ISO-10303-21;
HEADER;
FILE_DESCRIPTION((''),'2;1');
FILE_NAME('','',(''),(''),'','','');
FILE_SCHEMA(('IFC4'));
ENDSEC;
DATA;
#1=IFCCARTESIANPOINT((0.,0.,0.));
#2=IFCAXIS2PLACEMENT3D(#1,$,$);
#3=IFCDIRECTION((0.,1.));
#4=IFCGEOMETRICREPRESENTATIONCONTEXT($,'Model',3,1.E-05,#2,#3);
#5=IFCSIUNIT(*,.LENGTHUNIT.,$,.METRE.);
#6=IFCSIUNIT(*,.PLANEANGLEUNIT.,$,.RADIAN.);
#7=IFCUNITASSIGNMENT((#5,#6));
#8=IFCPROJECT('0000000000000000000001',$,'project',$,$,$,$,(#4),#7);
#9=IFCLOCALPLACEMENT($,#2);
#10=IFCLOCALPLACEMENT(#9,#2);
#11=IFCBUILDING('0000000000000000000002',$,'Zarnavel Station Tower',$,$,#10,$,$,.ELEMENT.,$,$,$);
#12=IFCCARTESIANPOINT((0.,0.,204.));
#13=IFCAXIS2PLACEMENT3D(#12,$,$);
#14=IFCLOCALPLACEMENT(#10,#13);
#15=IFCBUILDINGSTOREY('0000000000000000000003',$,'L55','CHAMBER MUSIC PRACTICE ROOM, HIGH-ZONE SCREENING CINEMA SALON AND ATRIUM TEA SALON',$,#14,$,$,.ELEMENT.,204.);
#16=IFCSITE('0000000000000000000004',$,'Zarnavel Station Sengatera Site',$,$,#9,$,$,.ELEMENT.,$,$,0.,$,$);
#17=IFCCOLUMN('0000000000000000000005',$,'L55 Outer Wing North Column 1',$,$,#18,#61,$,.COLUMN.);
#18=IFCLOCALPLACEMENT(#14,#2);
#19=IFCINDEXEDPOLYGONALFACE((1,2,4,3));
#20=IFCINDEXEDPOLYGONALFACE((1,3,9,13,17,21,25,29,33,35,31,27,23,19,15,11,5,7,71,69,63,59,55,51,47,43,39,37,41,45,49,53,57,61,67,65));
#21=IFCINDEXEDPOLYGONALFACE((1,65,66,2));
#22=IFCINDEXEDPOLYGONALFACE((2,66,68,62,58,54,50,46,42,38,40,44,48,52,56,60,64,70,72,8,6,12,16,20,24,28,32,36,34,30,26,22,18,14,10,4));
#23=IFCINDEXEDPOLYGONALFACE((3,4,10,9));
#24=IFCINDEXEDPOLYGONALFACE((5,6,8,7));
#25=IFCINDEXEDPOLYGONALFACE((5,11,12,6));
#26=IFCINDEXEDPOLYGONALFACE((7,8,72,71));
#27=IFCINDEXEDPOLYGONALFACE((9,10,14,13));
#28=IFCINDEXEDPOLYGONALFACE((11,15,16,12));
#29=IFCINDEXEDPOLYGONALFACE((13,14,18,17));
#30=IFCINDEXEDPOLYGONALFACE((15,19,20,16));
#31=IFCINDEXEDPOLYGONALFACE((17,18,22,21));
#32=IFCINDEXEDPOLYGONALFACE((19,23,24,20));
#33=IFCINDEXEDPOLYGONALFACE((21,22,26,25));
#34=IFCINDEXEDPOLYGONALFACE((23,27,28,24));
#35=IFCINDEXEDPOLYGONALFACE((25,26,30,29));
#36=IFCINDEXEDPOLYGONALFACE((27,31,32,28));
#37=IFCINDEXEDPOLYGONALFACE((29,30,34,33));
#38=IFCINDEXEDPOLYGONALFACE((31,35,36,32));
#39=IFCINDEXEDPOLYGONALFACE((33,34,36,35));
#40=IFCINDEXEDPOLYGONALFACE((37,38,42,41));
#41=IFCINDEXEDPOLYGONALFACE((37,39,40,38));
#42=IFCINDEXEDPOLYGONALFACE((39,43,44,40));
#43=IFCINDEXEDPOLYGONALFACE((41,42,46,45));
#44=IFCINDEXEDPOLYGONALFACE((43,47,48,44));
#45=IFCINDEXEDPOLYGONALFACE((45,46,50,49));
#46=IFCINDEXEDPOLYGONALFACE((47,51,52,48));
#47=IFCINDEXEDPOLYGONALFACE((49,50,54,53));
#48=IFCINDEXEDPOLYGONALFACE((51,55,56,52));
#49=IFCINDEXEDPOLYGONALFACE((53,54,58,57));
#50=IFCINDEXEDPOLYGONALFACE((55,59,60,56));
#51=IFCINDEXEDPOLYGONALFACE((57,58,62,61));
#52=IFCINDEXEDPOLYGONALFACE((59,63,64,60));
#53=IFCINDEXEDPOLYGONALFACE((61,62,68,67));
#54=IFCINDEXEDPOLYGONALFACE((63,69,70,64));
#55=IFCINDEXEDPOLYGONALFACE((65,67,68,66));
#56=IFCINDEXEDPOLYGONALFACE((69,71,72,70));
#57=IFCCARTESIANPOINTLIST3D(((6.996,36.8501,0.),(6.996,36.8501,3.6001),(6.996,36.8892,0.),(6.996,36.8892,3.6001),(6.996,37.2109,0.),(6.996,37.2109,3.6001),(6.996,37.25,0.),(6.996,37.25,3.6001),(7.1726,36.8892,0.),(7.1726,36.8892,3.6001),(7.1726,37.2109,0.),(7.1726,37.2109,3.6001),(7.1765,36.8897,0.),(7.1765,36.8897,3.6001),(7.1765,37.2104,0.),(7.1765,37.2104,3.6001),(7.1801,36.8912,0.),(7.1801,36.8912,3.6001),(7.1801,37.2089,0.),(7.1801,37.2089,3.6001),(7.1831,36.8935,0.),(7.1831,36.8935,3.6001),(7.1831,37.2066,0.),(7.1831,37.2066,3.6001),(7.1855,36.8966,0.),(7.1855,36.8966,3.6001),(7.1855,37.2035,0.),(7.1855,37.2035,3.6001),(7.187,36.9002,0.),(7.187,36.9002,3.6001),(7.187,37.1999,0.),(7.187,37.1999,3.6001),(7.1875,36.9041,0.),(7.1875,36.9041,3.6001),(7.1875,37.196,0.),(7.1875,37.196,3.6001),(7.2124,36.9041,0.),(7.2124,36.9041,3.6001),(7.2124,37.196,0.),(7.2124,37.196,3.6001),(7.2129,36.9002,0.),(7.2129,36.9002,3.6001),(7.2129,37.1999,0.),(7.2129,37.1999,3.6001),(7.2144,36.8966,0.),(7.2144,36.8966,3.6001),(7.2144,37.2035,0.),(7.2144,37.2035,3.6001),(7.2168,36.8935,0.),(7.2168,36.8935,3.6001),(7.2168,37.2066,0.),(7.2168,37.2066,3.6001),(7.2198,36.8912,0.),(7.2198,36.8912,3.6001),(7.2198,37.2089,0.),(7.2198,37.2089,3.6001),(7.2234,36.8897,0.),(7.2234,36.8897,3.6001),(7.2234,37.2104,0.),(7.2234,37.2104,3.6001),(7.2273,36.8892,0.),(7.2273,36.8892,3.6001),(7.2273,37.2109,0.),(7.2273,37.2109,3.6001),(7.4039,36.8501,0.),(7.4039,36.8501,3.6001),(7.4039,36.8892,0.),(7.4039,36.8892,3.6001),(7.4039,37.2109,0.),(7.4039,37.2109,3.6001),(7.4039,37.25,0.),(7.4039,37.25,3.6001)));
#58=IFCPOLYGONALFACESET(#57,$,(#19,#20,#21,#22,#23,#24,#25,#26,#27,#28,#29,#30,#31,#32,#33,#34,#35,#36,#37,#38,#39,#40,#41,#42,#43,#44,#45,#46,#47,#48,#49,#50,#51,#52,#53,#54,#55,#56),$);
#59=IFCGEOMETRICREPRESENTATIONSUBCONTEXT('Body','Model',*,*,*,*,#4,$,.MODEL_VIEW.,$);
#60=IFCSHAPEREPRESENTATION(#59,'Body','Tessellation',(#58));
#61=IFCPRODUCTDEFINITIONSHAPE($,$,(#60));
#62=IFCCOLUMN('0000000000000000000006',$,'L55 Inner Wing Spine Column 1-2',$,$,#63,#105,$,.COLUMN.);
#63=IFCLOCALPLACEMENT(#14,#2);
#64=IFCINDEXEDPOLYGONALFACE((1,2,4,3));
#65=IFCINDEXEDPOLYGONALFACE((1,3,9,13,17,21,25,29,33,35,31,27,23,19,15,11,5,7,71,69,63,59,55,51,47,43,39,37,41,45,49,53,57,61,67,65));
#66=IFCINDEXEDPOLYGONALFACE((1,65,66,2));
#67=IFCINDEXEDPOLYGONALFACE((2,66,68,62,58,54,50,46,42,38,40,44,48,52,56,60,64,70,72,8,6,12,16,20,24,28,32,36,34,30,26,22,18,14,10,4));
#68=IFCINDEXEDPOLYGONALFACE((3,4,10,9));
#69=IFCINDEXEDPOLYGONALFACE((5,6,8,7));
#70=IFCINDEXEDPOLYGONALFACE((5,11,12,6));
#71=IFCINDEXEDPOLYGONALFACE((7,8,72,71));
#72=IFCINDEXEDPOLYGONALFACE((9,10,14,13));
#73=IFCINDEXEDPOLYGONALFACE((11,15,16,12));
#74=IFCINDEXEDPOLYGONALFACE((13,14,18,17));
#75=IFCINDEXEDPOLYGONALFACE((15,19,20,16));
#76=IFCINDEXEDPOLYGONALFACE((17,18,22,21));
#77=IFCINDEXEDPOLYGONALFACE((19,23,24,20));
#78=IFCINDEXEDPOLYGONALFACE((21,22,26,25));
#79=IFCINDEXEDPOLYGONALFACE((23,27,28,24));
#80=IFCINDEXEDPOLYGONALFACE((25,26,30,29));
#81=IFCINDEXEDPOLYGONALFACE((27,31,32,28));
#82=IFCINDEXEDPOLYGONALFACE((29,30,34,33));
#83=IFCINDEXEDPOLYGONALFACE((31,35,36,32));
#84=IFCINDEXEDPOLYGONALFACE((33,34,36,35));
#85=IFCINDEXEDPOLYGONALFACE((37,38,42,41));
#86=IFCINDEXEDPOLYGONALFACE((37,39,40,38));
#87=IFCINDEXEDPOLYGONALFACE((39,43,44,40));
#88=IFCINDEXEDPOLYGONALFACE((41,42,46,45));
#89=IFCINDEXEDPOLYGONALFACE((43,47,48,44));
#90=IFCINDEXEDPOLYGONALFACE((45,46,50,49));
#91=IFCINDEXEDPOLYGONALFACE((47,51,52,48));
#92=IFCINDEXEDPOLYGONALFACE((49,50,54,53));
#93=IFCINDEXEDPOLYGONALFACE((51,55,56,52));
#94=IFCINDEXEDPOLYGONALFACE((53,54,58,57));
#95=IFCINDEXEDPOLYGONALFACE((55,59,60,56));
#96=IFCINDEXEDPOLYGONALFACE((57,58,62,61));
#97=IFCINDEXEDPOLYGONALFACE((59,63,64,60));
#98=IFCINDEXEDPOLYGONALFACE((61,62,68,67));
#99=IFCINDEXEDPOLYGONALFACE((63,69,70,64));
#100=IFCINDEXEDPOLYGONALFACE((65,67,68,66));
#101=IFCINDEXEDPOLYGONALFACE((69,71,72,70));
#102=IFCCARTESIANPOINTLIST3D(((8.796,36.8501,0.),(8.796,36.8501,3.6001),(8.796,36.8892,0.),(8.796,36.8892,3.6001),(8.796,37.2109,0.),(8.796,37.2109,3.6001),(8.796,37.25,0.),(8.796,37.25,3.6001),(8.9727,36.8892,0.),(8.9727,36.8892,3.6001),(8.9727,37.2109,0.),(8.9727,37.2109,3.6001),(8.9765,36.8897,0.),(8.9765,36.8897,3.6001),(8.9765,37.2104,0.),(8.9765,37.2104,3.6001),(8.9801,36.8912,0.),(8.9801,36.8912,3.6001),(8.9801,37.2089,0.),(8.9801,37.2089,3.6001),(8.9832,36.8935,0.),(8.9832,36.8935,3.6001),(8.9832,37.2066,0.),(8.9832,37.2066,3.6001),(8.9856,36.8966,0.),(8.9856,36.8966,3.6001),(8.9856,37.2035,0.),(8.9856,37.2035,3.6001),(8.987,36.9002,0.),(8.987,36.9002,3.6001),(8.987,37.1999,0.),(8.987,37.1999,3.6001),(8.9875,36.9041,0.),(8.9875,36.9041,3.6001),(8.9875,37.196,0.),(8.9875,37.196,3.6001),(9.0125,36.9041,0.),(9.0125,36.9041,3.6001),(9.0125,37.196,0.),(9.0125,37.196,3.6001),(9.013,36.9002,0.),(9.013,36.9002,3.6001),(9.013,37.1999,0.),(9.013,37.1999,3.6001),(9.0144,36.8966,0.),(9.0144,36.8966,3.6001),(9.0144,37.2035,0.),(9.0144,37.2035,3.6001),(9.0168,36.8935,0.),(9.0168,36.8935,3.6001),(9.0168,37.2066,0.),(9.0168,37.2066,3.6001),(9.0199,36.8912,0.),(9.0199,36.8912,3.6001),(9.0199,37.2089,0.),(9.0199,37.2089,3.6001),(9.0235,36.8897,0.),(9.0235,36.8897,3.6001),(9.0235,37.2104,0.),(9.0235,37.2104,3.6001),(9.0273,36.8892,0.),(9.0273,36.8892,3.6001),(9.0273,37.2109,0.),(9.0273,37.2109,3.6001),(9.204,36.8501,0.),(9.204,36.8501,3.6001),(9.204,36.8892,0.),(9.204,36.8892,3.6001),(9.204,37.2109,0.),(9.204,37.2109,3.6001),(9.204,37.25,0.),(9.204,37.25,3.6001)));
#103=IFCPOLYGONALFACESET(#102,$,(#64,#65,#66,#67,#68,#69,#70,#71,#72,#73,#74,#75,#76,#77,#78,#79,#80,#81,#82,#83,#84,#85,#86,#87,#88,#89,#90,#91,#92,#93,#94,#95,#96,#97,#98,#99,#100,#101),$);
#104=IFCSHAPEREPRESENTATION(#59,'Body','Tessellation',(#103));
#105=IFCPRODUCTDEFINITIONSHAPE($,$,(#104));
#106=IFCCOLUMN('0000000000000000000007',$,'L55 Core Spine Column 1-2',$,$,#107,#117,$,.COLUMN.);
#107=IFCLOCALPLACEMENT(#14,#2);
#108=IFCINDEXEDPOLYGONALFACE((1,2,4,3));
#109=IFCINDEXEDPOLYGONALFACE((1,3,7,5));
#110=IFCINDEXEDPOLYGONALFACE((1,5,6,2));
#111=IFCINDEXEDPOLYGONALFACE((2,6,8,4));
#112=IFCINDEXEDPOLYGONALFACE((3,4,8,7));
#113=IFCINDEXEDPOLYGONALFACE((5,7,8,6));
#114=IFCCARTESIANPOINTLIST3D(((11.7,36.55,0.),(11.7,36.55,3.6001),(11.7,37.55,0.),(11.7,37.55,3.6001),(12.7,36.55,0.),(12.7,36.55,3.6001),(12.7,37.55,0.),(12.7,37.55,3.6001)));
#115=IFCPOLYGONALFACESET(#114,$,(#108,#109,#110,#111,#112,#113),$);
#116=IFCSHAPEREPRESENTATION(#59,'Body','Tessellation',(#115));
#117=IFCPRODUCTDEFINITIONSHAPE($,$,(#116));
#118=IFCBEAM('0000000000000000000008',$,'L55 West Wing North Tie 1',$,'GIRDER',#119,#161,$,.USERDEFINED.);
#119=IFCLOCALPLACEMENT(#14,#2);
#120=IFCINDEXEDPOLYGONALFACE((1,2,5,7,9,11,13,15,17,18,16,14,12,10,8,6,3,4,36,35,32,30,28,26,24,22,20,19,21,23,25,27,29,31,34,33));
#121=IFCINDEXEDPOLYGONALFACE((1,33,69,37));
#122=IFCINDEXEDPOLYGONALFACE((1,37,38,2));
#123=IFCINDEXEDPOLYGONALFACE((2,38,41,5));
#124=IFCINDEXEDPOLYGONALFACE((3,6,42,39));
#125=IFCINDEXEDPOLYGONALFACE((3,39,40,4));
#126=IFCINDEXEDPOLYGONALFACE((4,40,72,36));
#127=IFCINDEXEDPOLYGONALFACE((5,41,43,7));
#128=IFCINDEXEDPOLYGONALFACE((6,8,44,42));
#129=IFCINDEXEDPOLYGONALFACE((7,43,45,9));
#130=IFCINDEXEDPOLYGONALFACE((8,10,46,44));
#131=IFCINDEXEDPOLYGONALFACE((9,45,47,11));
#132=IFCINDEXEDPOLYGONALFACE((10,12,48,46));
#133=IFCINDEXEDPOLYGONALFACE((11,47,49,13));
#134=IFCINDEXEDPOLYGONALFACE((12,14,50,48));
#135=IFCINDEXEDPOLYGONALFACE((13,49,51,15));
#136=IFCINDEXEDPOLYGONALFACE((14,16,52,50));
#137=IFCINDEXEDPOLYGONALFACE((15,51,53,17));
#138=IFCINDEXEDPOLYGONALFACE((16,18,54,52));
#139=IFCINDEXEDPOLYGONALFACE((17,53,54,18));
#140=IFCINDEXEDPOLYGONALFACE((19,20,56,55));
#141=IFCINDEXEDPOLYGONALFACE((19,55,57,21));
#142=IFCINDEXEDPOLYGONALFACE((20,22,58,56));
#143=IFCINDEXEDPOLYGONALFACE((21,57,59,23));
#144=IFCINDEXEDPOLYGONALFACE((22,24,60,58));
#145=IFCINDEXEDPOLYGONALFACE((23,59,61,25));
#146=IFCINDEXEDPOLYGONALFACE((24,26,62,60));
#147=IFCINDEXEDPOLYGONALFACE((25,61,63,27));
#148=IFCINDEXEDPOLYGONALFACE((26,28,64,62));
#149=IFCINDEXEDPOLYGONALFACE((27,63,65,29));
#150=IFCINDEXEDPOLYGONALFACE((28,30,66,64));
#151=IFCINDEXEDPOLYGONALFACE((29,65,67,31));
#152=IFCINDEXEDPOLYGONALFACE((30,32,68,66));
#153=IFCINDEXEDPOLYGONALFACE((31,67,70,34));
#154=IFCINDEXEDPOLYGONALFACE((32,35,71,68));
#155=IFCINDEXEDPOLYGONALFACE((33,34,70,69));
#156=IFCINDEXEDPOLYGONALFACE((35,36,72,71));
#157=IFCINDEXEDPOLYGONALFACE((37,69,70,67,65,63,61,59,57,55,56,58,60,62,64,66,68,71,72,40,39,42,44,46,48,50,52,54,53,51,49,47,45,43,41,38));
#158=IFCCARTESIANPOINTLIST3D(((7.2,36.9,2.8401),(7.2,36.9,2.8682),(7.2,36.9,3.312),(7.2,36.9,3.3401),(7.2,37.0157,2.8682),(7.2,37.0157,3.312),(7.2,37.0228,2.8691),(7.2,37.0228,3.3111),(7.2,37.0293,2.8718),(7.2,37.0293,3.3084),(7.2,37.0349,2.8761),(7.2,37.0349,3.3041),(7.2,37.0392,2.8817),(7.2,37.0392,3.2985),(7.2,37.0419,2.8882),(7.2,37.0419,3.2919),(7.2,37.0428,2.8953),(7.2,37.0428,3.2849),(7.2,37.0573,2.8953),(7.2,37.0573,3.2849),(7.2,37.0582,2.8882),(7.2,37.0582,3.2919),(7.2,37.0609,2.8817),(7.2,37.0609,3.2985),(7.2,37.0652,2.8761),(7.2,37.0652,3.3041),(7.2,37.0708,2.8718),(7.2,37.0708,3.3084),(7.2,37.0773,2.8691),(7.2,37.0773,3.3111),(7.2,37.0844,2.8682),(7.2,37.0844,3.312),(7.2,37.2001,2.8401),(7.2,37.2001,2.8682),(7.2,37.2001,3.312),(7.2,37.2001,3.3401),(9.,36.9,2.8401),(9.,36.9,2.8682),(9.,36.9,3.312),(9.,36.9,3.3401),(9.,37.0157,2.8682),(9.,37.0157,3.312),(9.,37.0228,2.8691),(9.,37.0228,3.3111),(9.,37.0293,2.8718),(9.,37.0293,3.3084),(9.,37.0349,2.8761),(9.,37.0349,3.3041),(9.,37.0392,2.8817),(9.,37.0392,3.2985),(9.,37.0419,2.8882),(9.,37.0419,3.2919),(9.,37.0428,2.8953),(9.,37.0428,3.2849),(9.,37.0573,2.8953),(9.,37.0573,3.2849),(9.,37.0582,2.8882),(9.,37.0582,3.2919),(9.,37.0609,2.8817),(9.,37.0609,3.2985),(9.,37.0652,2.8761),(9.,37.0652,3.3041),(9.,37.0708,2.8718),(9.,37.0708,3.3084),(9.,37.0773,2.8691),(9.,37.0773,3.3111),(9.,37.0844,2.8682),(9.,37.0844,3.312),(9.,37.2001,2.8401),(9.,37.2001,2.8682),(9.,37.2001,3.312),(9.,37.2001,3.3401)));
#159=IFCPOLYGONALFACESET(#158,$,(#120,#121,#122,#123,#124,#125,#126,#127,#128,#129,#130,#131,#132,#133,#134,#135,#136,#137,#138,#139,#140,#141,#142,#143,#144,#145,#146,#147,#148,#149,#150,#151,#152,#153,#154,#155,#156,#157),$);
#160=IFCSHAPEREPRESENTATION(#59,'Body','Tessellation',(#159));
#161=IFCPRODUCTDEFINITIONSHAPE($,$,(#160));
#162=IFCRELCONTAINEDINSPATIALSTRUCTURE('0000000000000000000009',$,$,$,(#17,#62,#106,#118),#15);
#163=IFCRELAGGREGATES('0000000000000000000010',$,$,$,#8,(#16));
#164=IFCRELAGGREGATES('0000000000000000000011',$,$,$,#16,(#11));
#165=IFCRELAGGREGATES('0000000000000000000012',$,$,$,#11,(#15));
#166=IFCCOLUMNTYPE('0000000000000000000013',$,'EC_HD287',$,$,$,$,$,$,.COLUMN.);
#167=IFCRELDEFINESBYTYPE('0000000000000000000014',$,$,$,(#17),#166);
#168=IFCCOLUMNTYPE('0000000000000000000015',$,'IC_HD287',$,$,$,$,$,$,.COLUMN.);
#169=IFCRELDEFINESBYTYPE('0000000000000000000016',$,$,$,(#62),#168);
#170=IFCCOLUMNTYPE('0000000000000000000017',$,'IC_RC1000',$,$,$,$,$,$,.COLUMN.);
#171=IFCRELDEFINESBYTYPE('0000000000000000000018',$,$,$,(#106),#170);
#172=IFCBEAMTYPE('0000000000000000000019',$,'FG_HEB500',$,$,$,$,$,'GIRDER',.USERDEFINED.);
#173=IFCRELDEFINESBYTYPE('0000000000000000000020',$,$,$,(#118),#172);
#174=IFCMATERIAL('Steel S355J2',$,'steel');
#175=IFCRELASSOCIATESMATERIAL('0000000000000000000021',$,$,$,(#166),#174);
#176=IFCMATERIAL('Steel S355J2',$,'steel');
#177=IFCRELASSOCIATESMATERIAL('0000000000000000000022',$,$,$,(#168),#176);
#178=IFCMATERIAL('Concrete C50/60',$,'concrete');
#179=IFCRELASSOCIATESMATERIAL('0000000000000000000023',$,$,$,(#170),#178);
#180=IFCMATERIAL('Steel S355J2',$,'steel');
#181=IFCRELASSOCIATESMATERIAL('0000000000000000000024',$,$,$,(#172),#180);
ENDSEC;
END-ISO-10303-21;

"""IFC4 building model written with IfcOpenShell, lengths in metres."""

from ifc_helpers import new_model, si_unit, direction, frame, origin, origin_2d, place, context, subcontext, project, spatial, rectangle, i_section, extrude, material, material_profile, profile_set, type_object, element, save


model = new_model("IFC4")

# Units and contexts
model_context = context("Model", 3, precision=1e-05, world=origin(), true_north=direction((0.0, 1.0)))
body_context = subcontext(model_context, "Body", "Model", "MODEL_VIEW")
ifc_project = project(units=[si_unit("LENGTHUNIT", "METRE"), si_unit("PLANEANGLEUNIT", "RADIAN")], contexts=[model_context])

# Site, building, storey
site_placement = place(None, origin())
site = spatial("IfcSite", under=ifc_project, at=site_placement, Name="Zarnavel Station Sengatera Site", CompositionType="ELEMENT", RefElevation=0.0)
building_placement = place(site_placement, origin())
building = spatial("IfcBuilding", under=site, at=building_placement, Name="Zarnavel Station Tower", CompositionType="ELEMENT")
storey_placement = place(building_placement, frame((0.0, 0.0, 204.0)))
storey = spatial("IfcBuildingStorey", under=building, at=storey_placement, Name="L55", Description="CHAMBER MUSIC PRACTICE ROOM, HIGH-ZONE SCREENING CINEMA SALON AND ATRIUM TEA SALON", CompositionType="ELEMENT", Elevation=204.0)

# Columns
ifc_material_1 = material(Name="Steel S355J2", Category="steel")
ifc_material_profile_1 = material_profile(ifc_material_1, i_section(OverallWidth=0.408, OverallDepth=0.3999, WebThickness=0.0249, FlangeThickness=0.0391, FilletRadius=0.0149, at=origin_2d()), Name="HD400x287")
ifc_profile_set_1 = profile_set([ifc_material_profile_1], Name="Steel S355J2")
column_type_1 = type_object("IfcColumnType", Name="EC_HD287", PredefinedType="COLUMN", material=ifc_profile_set_1)
column_1_placement = place(storey_placement, frame((7.2, 37.05, 0.0), z_axis=(0.0, 0.0, 1.0), x_axis=(1.0, 0.0, 0.0)))
element("IfcColumn", 1, at=column_1_placement, inside=storey, type_object=column_type_1, Name="L55 Outer Wing North Column 1", PredefinedType="COLUMN", context=body_context, shape_type="SweptSolid", body=[
    extrude(i_section(OverallWidth=0.408, OverallDepth=0.3999, WebThickness=0.0249, FlangeThickness=0.0391, FilletRadius=0.0149, at=origin_2d()), origin(), (0.0, 0.0, 1.0), 3.6001),
])
ifc_material_2 = material(Name="Steel S355J2", Category="steel")
ifc_material_profile_2 = material_profile(ifc_material_2, i_section(OverallWidth=0.408, OverallDepth=0.3999, WebThickness=0.0249, FlangeThickness=0.0391, FilletRadius=0.0149, at=origin_2d()), Name="HD400x287")
ifc_profile_set_2 = profile_set([ifc_material_profile_2], Name="Steel S355J2")
column_type_2 = type_object("IfcColumnType", Name="IC_HD287", PredefinedType="COLUMN", material=ifc_profile_set_2)
column_2_placement = place(storey_placement, frame((9.0, 37.05, 0.0), z_axis=(0.0, 0.0, 1.0), x_axis=(1.0, 0.0, 0.0)))
element("IfcColumn", 2, at=column_2_placement, inside=storey, type_object=column_type_2, Name="L55 Inner Wing Spine Column 1-2", PredefinedType="COLUMN", context=body_context, shape_type="SweptSolid", body=[
    extrude(i_section(OverallWidth=0.408, OverallDepth=0.3999, WebThickness=0.0249, FlangeThickness=0.0391, FilletRadius=0.0149, at=origin_2d()), origin(), (0.0, 0.0, 1.0), 3.6001),
])
ifc_material_3 = material(Name="Concrete C50/60", Category="concrete")
ifc_material_profile_3 = material_profile(ifc_material_3, rectangle(XDim=1.0, YDim=1.0, at=origin_2d()), Name="RC1000x1000")
ifc_profile_set_3 = profile_set([ifc_material_profile_3], Name="Concrete C50/60")
column_type_3 = type_object("IfcColumnType", Name="IC_RC1000", PredefinedType="COLUMN", material=ifc_profile_set_3)
column_3_placement = place(storey_placement, frame((12.2, 37.05, 0.0), z_axis=(0.0, 0.0, 1.0), x_axis=(1.0, 0.0, 0.0)))
element("IfcColumn", 3, at=column_3_placement, inside=storey, type_object=column_type_3, Name="L55 Core Spine Column 1-2", PredefinedType="COLUMN", context=body_context, shape_type="SweptSolid", body=[
    extrude(rectangle(XDim=1.0, YDim=1.0, at=origin_2d()), origin(), (0.0, 0.0, 1.0), 3.6001),
])

# Beam
ifc_material_4 = material(Name="Steel S355J2", Category="steel")
ifc_material_profile_4 = material_profile(ifc_material_4, i_section(OverallWidth=0.3, OverallDepth=0.5, WebThickness=0.0144, FlangeThickness=0.0281, FilletRadius=0.0271, at=origin_2d()), Name="HEB500")
ifc_profile_set_4 = profile_set([ifc_material_profile_4], Name="Steel S355J2")
beam_type = type_object("IfcBeamType", Name="FG_HEB500", ElementType="GIRDER", PredefinedType="USERDEFINED", material=ifc_profile_set_4)
beam_1_placement = place(storey_placement, frame((7.2, 37.05, 3.0901), z_axis=(1.0, 0.0, 0.0), x_axis=(0.0, 1.0, 0.0)))
element("IfcBeam", 4, at=beam_1_placement, inside=storey, type_object=beam_type, Name="L55 West Wing North Tie 1", ObjectType="GIRDER", PredefinedType="USERDEFINED", context=body_context, shape_type="SweptSolid", body=[
    extrude(i_section(OverallWidth=0.3, OverallDepth=0.5, WebThickness=0.0144, FlangeThickness=0.0281, FilletRadius=0.0271, at=origin_2d()), origin(), (0.0, 0.0, 1.0), 1.8),
])

save(model, "model.ifc")
